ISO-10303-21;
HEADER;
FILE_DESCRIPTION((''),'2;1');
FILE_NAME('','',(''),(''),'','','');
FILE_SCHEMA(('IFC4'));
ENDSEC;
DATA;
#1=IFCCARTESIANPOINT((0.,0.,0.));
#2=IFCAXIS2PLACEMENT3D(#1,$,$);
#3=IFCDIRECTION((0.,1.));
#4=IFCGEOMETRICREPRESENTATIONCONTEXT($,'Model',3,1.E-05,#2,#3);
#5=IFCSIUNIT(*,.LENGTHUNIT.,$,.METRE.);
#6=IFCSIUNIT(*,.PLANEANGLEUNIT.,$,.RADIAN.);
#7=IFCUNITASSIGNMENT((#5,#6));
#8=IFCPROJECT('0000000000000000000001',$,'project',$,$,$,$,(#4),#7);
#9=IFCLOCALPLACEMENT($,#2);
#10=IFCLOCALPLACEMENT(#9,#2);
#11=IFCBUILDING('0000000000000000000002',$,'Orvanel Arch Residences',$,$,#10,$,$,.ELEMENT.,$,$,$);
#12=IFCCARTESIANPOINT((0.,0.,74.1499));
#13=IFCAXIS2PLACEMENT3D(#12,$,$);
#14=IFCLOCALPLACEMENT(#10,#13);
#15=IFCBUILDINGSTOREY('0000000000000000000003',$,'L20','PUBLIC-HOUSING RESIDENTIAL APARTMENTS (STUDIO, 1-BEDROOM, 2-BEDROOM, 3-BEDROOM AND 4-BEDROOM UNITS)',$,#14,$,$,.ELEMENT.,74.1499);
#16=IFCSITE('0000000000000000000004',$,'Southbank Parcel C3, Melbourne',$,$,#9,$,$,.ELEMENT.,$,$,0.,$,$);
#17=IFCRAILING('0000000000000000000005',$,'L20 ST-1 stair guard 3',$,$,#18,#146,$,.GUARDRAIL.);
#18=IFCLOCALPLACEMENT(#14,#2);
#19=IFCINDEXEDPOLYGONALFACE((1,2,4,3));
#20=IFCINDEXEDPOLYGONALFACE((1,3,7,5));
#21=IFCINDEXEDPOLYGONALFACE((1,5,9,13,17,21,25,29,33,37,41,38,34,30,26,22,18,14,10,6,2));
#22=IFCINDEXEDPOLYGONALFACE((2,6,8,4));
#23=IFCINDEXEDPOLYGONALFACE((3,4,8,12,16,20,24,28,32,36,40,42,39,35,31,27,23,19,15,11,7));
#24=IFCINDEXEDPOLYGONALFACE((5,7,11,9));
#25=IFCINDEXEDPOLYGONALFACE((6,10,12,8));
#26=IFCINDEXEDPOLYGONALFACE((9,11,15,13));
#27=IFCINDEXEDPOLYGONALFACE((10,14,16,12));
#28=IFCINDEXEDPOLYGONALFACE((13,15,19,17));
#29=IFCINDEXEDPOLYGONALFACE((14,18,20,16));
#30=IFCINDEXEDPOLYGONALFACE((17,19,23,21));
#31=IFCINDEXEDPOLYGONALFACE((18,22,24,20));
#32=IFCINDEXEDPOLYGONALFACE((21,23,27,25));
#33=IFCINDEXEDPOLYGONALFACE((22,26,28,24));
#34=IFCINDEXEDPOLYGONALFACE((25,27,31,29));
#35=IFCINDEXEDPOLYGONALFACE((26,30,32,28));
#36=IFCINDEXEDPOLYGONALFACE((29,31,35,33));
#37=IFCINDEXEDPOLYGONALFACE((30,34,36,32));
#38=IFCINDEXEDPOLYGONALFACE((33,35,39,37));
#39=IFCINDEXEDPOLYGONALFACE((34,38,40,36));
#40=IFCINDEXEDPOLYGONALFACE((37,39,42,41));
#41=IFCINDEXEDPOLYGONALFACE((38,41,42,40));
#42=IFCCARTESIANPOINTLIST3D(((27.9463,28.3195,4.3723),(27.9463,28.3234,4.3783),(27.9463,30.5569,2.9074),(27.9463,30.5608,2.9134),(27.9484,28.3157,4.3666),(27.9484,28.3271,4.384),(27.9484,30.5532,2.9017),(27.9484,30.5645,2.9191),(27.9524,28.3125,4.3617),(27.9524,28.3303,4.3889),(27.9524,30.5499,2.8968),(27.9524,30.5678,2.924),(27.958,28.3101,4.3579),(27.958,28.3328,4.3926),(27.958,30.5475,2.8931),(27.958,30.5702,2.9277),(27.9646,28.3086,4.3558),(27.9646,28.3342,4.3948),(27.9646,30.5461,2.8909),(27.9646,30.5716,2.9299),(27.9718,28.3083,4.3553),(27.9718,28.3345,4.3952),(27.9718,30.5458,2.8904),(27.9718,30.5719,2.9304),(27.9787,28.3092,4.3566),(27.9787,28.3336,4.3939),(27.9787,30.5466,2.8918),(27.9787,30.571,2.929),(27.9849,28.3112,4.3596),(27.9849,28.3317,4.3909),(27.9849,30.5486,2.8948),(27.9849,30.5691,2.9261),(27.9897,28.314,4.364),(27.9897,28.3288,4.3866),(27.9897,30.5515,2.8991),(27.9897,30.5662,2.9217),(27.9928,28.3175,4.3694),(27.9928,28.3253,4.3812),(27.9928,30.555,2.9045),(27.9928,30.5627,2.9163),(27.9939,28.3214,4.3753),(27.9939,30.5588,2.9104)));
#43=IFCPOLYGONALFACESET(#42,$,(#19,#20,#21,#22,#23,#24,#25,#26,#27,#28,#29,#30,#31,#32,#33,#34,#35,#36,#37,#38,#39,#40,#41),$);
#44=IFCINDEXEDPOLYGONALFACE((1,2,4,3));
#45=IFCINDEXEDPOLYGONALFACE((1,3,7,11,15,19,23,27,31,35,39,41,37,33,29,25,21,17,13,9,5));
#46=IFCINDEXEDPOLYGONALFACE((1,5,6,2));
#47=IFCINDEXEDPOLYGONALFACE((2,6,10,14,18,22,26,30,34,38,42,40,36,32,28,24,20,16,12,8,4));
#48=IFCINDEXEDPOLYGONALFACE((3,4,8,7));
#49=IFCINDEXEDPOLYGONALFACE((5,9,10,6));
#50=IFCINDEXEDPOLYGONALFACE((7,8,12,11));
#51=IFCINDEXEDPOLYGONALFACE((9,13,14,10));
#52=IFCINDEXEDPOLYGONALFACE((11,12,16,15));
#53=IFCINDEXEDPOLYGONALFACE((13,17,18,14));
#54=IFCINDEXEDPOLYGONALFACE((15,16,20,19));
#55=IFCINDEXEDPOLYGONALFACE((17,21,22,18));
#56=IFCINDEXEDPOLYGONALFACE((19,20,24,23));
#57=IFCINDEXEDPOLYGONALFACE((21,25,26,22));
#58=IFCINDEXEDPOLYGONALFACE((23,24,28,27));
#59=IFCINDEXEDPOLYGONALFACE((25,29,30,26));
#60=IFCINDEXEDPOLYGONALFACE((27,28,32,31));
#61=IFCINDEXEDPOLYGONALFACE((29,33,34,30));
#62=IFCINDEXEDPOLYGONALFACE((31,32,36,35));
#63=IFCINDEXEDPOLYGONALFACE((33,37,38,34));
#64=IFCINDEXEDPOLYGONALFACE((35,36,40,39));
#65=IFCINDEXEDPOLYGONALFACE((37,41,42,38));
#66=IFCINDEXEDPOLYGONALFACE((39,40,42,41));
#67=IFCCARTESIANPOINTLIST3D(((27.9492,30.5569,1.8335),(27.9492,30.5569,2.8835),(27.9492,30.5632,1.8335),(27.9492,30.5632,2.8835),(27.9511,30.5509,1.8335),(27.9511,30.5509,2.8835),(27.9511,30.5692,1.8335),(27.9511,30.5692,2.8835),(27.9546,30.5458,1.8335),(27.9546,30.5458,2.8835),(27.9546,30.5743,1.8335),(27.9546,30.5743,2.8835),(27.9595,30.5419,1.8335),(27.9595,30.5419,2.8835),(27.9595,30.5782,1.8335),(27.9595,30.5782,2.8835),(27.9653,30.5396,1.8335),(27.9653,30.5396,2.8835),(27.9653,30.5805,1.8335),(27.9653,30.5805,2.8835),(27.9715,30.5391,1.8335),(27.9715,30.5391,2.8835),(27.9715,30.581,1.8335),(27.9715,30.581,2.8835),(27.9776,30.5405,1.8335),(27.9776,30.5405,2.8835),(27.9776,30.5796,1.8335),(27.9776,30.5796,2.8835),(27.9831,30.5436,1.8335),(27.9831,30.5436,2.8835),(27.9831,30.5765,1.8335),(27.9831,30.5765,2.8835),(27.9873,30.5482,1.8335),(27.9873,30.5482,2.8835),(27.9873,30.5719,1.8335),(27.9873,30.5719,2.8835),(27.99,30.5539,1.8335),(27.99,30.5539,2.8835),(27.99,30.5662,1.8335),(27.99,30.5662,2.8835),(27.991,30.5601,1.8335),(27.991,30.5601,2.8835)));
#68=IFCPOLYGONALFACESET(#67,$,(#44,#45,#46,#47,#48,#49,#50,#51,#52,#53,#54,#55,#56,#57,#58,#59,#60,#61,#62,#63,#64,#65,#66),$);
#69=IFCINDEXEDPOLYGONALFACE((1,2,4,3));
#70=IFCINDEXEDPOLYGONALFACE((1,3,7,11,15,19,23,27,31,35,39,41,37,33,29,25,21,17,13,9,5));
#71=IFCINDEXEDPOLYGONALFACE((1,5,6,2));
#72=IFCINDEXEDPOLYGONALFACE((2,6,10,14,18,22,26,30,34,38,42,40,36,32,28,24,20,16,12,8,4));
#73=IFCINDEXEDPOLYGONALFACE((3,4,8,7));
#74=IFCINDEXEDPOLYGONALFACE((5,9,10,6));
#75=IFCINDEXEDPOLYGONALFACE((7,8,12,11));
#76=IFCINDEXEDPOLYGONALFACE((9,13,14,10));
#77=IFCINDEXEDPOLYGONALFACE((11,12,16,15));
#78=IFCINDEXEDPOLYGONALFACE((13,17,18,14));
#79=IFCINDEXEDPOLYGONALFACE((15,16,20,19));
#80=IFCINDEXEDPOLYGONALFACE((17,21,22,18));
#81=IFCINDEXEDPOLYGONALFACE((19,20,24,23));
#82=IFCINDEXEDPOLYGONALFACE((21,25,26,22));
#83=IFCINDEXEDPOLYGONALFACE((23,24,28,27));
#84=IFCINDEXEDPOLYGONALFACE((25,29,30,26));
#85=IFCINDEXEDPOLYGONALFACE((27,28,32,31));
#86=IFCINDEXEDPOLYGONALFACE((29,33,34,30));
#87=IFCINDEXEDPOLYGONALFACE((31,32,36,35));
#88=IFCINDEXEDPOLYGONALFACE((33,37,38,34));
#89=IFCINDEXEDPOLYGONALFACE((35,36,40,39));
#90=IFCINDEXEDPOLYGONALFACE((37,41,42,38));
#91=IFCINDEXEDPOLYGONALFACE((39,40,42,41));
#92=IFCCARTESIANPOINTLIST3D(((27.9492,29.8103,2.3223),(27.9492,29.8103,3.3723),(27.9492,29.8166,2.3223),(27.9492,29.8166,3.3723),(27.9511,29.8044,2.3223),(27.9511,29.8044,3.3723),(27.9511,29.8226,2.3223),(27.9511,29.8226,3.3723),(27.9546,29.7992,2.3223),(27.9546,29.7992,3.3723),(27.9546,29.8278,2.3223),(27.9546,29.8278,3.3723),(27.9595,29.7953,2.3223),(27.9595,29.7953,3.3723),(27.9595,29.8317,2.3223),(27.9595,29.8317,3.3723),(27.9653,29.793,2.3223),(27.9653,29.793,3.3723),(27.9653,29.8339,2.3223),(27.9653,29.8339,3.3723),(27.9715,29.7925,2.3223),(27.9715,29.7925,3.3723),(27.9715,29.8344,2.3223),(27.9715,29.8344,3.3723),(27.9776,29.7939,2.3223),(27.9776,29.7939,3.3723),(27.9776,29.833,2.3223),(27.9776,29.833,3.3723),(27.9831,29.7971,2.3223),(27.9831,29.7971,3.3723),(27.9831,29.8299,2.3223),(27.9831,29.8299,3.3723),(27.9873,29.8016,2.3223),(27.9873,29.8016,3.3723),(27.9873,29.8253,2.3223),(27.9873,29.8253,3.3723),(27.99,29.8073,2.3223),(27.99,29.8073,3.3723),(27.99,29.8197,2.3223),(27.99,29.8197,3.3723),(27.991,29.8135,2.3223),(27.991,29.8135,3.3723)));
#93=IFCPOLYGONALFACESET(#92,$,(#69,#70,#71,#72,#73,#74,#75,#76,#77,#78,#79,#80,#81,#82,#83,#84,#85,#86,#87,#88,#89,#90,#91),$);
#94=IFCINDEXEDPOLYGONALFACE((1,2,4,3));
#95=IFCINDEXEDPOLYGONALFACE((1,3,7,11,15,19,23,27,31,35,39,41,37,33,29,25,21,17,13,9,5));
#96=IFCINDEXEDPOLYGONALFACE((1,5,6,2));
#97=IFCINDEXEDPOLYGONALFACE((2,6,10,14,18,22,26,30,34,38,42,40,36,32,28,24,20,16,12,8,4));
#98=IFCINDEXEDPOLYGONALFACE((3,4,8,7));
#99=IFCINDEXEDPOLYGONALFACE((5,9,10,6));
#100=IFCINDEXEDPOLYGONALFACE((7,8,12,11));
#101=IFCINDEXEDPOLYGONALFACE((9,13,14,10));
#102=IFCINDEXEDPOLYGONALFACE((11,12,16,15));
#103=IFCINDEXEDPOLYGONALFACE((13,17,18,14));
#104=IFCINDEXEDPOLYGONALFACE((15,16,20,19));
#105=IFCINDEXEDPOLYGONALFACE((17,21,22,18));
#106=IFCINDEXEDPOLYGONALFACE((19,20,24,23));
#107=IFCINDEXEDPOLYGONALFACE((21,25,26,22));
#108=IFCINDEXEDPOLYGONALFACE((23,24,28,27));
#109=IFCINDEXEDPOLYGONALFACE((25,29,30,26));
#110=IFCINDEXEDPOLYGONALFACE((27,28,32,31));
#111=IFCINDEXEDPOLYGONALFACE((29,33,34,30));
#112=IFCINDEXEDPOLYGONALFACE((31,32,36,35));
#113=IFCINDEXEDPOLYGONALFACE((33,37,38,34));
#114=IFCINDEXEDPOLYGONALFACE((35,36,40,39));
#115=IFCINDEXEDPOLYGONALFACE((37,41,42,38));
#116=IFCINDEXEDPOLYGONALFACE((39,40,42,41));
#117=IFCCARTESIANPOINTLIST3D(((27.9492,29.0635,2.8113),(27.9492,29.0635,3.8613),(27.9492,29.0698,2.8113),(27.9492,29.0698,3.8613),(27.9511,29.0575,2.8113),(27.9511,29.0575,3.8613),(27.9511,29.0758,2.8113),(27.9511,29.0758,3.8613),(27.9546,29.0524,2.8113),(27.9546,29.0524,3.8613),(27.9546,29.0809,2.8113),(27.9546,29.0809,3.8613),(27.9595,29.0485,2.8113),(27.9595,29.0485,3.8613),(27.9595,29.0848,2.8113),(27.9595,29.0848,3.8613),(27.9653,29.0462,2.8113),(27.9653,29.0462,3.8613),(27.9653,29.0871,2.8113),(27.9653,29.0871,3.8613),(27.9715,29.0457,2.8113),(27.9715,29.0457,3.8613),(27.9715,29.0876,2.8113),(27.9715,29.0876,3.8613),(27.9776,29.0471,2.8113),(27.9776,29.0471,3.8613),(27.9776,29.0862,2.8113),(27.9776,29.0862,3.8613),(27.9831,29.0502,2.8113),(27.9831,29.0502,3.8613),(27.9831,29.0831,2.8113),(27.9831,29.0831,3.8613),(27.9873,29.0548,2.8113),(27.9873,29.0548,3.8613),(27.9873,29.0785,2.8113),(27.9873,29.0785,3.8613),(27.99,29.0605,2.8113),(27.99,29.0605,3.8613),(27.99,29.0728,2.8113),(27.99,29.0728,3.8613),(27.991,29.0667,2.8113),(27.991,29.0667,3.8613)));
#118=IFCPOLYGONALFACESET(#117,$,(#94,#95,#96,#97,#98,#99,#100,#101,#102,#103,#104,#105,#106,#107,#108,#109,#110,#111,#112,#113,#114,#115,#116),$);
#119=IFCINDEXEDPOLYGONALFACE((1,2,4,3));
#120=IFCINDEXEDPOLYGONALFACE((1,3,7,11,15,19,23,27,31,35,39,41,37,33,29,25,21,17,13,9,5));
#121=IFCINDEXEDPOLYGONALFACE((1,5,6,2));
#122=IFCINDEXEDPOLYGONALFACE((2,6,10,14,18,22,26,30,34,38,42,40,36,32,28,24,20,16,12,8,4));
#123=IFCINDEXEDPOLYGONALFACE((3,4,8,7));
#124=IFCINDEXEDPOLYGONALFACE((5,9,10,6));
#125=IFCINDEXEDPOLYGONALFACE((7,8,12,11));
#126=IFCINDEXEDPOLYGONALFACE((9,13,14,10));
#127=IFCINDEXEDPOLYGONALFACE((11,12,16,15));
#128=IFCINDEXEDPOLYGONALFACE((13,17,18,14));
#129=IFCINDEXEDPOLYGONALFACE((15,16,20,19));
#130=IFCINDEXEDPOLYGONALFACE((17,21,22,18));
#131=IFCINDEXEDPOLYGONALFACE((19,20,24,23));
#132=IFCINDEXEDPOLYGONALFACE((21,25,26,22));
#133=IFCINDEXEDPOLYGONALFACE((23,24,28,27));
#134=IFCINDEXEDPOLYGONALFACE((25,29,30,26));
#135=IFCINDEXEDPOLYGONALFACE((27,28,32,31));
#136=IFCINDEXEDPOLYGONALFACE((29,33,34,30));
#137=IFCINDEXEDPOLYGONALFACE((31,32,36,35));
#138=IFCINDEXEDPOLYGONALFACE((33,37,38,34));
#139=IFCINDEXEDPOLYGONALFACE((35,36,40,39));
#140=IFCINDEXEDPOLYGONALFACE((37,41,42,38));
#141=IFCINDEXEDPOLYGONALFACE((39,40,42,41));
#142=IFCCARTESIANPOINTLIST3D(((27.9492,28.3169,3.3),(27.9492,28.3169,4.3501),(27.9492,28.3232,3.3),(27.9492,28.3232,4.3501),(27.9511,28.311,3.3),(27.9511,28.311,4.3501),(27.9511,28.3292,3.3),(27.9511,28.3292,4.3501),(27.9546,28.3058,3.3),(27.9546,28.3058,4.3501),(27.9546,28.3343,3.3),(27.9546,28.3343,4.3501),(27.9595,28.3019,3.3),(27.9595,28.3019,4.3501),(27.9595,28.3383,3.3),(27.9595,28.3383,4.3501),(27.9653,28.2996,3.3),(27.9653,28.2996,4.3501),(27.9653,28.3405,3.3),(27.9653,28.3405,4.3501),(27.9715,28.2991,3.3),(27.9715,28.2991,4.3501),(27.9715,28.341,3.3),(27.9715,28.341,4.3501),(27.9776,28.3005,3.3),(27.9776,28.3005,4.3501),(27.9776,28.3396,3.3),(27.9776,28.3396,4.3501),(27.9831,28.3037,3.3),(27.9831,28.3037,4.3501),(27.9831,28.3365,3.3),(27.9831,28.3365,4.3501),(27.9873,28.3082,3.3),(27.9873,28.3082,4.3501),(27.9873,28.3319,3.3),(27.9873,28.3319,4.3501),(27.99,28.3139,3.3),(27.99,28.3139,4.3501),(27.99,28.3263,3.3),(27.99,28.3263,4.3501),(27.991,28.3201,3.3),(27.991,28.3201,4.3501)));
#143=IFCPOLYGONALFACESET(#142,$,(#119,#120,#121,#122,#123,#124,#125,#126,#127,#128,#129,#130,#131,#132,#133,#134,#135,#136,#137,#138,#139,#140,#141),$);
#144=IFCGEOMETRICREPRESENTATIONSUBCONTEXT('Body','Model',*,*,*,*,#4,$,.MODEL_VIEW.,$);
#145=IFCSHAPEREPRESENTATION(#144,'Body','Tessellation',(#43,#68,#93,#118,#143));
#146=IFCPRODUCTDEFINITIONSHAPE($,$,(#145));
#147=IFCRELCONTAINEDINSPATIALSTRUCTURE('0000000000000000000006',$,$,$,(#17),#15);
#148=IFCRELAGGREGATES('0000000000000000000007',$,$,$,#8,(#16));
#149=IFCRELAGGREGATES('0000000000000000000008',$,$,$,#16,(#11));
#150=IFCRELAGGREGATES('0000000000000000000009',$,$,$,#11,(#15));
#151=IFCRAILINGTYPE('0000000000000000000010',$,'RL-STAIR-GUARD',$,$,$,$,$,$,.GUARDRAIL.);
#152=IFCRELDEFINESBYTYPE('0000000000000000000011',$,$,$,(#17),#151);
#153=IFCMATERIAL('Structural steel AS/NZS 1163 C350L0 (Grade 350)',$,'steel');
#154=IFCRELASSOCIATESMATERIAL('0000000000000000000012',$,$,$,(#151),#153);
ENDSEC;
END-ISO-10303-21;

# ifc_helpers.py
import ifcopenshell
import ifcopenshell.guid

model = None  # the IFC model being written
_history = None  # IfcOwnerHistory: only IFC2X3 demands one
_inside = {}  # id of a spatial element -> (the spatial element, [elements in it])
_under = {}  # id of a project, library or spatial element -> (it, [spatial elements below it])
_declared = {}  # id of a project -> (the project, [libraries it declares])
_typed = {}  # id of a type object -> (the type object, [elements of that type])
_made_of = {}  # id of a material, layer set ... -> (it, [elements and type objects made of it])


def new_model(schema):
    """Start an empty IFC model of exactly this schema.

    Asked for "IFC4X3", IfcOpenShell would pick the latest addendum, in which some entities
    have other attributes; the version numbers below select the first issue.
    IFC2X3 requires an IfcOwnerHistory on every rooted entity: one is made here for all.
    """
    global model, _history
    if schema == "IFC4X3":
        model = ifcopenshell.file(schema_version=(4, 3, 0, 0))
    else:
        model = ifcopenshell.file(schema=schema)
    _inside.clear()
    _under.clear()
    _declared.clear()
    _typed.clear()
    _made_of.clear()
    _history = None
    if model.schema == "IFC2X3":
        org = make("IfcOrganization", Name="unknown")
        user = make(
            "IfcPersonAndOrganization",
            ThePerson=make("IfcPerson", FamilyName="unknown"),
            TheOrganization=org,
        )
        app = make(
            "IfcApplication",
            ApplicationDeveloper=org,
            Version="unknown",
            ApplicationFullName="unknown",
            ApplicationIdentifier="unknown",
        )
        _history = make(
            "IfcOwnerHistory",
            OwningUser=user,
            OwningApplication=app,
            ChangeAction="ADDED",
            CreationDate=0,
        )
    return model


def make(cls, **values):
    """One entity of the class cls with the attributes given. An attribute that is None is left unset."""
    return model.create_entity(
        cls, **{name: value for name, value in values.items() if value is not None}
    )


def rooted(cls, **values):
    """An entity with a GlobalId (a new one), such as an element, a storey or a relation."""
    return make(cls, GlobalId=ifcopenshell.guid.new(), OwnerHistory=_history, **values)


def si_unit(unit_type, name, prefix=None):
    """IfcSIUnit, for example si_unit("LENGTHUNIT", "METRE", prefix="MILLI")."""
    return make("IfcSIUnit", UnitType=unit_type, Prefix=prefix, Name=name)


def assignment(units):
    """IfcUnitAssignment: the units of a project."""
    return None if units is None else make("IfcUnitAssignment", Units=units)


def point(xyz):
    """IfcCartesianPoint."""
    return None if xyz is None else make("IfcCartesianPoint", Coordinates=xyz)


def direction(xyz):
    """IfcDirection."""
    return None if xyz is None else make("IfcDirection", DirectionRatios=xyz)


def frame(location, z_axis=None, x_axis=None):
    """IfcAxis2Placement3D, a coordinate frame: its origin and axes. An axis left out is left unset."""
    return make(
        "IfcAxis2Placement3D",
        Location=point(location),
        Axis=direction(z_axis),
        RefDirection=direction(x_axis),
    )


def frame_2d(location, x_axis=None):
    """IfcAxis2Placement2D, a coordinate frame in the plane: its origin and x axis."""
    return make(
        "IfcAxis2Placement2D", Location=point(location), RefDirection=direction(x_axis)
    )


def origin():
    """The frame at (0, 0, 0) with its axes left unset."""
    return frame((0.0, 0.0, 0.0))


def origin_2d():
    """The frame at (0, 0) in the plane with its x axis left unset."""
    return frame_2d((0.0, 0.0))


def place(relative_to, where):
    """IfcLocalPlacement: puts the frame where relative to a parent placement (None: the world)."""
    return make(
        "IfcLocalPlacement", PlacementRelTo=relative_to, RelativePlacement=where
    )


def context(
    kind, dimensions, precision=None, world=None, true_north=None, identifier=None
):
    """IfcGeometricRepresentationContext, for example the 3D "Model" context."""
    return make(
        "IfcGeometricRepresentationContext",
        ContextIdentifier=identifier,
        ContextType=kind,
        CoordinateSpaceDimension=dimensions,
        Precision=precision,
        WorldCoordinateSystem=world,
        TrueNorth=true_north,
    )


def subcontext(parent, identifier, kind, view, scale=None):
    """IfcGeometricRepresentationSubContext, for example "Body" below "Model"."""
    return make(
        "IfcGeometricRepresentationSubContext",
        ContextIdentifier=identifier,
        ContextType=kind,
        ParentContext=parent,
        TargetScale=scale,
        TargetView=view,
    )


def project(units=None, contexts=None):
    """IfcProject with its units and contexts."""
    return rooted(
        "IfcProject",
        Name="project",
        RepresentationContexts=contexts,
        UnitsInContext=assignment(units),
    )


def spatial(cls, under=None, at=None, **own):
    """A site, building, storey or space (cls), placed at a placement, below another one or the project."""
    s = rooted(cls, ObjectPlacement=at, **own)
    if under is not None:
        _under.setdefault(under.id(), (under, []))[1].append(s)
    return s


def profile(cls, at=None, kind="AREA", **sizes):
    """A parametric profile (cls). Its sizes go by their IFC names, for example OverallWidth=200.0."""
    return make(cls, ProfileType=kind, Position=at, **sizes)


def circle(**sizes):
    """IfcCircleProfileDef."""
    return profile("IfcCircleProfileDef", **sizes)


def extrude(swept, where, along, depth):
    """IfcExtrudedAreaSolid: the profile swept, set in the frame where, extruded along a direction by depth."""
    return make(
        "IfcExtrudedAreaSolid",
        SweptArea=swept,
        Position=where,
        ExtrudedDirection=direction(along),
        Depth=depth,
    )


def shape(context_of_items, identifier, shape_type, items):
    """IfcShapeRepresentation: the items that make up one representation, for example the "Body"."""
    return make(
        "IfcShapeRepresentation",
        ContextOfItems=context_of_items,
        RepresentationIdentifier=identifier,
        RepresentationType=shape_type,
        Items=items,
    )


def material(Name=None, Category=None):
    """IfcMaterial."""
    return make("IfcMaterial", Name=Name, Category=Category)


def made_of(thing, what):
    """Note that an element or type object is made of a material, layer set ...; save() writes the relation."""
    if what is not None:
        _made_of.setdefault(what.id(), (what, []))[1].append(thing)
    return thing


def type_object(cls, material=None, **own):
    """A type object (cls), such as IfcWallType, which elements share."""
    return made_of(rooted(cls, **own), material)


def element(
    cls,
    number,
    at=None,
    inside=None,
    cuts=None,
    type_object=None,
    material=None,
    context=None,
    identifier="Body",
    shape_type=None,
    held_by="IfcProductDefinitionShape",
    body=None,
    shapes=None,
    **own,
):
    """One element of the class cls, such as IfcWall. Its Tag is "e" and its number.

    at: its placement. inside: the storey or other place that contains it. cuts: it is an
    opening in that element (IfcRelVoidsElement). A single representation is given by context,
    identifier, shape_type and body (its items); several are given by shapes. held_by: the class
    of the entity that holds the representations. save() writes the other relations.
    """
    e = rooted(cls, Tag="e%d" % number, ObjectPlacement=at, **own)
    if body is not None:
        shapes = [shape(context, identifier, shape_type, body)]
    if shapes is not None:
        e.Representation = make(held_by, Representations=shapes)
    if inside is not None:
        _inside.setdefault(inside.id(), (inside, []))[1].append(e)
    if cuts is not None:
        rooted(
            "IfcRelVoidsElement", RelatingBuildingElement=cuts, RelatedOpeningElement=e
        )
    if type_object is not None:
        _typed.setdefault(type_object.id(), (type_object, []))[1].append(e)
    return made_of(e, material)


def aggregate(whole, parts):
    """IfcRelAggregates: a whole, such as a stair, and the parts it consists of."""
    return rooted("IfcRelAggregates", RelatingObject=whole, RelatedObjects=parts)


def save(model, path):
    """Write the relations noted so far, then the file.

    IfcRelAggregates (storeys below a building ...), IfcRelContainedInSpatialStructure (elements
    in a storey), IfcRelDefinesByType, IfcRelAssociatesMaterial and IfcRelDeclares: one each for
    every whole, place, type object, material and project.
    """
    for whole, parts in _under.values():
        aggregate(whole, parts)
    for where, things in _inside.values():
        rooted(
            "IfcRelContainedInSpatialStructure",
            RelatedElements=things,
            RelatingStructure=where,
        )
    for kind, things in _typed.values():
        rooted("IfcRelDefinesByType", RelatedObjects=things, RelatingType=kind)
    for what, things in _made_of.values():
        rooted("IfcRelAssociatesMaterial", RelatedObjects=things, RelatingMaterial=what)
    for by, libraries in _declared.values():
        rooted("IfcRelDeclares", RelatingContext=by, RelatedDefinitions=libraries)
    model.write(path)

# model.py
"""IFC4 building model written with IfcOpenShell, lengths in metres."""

from ifc_helpers import new_model, si_unit, direction, frame, origin, origin_2d, place, context, subcontext, project, spatial, circle, extrude, material, type_object, element, save


model = new_model("IFC4")

# Units and contexts
model_context = context("Model", 3, precision=1e-05, world=origin(), true_north=direction((0.0, 1.0)))
body_context = subcontext(model_context, "Body", "Model", "MODEL_VIEW")
ifc_project = project(units=[si_unit("LENGTHUNIT", "METRE"), si_unit("PLANEANGLEUNIT", "RADIAN")], contexts=[model_context])

# Site, building, storey
site_placement = place(None, origin())
site = spatial("IfcSite", under=ifc_project, at=site_placement, Name="Southbank Parcel C3, Melbourne", CompositionType="ELEMENT", RefElevation=0.0)
building_placement = place(site_placement, origin())
building = spatial("IfcBuilding", under=site, at=building_placement, Name="Orvanel Arch Residences", CompositionType="ELEMENT")
storey_placement = place(building_placement, frame((0.0, 0.0, 74.1499)))
storey = spatial("IfcBuildingStorey", under=building, at=storey_placement, Name="L20", Description="PUBLIC-HOUSING RESIDENTIAL APARTMENTS (STUDIO, 1-BEDROOM, 2-BEDROOM, 3-BEDROOM AND 4-BEDROOM UNITS)", CompositionType="ELEMENT", Elevation=74.1499)

# Railing
ifc_material_1 = material(Name="Structural steel AS/NZS 1163 C350L0 (Grade 350)", Category="steel")
railing_type_1 = type_object("IfcRailingType", Name="RL-STAIR-GUARD", PredefinedType="GUARDRAIL", material=ifc_material_1)
railing_1_placement = place(storey_placement, frame((27.97, 30.5601, 1.8335)))
element("IfcRailing", 1, at=railing_1_placement, inside=storey, type_object=railing_type_1, Name="L20 ST-1 stair guard 3", PredefinedType="GUARDRAIL", context=body_context, shape_type="SweptSolid", body=[
    extrude(circle(Radius=0.0239, at=origin_2d()), frame((0.0, -0.0012, 1.0769), z_axis=(0.0, -0.836637, 0.547758), x_axis=(1.0, 0.0, 0.0)), (0.0, 0.0, 1.0), 2.6743),
    extrude(circle(Radius=0.021, at=origin_2d()), origin(), (0.0, 0.0, 1.0), 1.05),
    extrude(circle(Radius=0.021, at=origin_2d()), frame((0.0, -0.7466, 0.4888)), (0.0, 0.0, 1.0), 1.05),
    extrude(circle(Radius=0.021, at=origin_2d()), frame((0.0, -1.4934, 0.9778)), (0.0, 0.0, 1.0), 1.05),
    extrude(circle(Radius=0.021, at=origin_2d()), frame((0.0, -2.24, 1.4666)), (0.0, 0.0, 1.0), 1.05),
])

save(model, "model.ifc")
